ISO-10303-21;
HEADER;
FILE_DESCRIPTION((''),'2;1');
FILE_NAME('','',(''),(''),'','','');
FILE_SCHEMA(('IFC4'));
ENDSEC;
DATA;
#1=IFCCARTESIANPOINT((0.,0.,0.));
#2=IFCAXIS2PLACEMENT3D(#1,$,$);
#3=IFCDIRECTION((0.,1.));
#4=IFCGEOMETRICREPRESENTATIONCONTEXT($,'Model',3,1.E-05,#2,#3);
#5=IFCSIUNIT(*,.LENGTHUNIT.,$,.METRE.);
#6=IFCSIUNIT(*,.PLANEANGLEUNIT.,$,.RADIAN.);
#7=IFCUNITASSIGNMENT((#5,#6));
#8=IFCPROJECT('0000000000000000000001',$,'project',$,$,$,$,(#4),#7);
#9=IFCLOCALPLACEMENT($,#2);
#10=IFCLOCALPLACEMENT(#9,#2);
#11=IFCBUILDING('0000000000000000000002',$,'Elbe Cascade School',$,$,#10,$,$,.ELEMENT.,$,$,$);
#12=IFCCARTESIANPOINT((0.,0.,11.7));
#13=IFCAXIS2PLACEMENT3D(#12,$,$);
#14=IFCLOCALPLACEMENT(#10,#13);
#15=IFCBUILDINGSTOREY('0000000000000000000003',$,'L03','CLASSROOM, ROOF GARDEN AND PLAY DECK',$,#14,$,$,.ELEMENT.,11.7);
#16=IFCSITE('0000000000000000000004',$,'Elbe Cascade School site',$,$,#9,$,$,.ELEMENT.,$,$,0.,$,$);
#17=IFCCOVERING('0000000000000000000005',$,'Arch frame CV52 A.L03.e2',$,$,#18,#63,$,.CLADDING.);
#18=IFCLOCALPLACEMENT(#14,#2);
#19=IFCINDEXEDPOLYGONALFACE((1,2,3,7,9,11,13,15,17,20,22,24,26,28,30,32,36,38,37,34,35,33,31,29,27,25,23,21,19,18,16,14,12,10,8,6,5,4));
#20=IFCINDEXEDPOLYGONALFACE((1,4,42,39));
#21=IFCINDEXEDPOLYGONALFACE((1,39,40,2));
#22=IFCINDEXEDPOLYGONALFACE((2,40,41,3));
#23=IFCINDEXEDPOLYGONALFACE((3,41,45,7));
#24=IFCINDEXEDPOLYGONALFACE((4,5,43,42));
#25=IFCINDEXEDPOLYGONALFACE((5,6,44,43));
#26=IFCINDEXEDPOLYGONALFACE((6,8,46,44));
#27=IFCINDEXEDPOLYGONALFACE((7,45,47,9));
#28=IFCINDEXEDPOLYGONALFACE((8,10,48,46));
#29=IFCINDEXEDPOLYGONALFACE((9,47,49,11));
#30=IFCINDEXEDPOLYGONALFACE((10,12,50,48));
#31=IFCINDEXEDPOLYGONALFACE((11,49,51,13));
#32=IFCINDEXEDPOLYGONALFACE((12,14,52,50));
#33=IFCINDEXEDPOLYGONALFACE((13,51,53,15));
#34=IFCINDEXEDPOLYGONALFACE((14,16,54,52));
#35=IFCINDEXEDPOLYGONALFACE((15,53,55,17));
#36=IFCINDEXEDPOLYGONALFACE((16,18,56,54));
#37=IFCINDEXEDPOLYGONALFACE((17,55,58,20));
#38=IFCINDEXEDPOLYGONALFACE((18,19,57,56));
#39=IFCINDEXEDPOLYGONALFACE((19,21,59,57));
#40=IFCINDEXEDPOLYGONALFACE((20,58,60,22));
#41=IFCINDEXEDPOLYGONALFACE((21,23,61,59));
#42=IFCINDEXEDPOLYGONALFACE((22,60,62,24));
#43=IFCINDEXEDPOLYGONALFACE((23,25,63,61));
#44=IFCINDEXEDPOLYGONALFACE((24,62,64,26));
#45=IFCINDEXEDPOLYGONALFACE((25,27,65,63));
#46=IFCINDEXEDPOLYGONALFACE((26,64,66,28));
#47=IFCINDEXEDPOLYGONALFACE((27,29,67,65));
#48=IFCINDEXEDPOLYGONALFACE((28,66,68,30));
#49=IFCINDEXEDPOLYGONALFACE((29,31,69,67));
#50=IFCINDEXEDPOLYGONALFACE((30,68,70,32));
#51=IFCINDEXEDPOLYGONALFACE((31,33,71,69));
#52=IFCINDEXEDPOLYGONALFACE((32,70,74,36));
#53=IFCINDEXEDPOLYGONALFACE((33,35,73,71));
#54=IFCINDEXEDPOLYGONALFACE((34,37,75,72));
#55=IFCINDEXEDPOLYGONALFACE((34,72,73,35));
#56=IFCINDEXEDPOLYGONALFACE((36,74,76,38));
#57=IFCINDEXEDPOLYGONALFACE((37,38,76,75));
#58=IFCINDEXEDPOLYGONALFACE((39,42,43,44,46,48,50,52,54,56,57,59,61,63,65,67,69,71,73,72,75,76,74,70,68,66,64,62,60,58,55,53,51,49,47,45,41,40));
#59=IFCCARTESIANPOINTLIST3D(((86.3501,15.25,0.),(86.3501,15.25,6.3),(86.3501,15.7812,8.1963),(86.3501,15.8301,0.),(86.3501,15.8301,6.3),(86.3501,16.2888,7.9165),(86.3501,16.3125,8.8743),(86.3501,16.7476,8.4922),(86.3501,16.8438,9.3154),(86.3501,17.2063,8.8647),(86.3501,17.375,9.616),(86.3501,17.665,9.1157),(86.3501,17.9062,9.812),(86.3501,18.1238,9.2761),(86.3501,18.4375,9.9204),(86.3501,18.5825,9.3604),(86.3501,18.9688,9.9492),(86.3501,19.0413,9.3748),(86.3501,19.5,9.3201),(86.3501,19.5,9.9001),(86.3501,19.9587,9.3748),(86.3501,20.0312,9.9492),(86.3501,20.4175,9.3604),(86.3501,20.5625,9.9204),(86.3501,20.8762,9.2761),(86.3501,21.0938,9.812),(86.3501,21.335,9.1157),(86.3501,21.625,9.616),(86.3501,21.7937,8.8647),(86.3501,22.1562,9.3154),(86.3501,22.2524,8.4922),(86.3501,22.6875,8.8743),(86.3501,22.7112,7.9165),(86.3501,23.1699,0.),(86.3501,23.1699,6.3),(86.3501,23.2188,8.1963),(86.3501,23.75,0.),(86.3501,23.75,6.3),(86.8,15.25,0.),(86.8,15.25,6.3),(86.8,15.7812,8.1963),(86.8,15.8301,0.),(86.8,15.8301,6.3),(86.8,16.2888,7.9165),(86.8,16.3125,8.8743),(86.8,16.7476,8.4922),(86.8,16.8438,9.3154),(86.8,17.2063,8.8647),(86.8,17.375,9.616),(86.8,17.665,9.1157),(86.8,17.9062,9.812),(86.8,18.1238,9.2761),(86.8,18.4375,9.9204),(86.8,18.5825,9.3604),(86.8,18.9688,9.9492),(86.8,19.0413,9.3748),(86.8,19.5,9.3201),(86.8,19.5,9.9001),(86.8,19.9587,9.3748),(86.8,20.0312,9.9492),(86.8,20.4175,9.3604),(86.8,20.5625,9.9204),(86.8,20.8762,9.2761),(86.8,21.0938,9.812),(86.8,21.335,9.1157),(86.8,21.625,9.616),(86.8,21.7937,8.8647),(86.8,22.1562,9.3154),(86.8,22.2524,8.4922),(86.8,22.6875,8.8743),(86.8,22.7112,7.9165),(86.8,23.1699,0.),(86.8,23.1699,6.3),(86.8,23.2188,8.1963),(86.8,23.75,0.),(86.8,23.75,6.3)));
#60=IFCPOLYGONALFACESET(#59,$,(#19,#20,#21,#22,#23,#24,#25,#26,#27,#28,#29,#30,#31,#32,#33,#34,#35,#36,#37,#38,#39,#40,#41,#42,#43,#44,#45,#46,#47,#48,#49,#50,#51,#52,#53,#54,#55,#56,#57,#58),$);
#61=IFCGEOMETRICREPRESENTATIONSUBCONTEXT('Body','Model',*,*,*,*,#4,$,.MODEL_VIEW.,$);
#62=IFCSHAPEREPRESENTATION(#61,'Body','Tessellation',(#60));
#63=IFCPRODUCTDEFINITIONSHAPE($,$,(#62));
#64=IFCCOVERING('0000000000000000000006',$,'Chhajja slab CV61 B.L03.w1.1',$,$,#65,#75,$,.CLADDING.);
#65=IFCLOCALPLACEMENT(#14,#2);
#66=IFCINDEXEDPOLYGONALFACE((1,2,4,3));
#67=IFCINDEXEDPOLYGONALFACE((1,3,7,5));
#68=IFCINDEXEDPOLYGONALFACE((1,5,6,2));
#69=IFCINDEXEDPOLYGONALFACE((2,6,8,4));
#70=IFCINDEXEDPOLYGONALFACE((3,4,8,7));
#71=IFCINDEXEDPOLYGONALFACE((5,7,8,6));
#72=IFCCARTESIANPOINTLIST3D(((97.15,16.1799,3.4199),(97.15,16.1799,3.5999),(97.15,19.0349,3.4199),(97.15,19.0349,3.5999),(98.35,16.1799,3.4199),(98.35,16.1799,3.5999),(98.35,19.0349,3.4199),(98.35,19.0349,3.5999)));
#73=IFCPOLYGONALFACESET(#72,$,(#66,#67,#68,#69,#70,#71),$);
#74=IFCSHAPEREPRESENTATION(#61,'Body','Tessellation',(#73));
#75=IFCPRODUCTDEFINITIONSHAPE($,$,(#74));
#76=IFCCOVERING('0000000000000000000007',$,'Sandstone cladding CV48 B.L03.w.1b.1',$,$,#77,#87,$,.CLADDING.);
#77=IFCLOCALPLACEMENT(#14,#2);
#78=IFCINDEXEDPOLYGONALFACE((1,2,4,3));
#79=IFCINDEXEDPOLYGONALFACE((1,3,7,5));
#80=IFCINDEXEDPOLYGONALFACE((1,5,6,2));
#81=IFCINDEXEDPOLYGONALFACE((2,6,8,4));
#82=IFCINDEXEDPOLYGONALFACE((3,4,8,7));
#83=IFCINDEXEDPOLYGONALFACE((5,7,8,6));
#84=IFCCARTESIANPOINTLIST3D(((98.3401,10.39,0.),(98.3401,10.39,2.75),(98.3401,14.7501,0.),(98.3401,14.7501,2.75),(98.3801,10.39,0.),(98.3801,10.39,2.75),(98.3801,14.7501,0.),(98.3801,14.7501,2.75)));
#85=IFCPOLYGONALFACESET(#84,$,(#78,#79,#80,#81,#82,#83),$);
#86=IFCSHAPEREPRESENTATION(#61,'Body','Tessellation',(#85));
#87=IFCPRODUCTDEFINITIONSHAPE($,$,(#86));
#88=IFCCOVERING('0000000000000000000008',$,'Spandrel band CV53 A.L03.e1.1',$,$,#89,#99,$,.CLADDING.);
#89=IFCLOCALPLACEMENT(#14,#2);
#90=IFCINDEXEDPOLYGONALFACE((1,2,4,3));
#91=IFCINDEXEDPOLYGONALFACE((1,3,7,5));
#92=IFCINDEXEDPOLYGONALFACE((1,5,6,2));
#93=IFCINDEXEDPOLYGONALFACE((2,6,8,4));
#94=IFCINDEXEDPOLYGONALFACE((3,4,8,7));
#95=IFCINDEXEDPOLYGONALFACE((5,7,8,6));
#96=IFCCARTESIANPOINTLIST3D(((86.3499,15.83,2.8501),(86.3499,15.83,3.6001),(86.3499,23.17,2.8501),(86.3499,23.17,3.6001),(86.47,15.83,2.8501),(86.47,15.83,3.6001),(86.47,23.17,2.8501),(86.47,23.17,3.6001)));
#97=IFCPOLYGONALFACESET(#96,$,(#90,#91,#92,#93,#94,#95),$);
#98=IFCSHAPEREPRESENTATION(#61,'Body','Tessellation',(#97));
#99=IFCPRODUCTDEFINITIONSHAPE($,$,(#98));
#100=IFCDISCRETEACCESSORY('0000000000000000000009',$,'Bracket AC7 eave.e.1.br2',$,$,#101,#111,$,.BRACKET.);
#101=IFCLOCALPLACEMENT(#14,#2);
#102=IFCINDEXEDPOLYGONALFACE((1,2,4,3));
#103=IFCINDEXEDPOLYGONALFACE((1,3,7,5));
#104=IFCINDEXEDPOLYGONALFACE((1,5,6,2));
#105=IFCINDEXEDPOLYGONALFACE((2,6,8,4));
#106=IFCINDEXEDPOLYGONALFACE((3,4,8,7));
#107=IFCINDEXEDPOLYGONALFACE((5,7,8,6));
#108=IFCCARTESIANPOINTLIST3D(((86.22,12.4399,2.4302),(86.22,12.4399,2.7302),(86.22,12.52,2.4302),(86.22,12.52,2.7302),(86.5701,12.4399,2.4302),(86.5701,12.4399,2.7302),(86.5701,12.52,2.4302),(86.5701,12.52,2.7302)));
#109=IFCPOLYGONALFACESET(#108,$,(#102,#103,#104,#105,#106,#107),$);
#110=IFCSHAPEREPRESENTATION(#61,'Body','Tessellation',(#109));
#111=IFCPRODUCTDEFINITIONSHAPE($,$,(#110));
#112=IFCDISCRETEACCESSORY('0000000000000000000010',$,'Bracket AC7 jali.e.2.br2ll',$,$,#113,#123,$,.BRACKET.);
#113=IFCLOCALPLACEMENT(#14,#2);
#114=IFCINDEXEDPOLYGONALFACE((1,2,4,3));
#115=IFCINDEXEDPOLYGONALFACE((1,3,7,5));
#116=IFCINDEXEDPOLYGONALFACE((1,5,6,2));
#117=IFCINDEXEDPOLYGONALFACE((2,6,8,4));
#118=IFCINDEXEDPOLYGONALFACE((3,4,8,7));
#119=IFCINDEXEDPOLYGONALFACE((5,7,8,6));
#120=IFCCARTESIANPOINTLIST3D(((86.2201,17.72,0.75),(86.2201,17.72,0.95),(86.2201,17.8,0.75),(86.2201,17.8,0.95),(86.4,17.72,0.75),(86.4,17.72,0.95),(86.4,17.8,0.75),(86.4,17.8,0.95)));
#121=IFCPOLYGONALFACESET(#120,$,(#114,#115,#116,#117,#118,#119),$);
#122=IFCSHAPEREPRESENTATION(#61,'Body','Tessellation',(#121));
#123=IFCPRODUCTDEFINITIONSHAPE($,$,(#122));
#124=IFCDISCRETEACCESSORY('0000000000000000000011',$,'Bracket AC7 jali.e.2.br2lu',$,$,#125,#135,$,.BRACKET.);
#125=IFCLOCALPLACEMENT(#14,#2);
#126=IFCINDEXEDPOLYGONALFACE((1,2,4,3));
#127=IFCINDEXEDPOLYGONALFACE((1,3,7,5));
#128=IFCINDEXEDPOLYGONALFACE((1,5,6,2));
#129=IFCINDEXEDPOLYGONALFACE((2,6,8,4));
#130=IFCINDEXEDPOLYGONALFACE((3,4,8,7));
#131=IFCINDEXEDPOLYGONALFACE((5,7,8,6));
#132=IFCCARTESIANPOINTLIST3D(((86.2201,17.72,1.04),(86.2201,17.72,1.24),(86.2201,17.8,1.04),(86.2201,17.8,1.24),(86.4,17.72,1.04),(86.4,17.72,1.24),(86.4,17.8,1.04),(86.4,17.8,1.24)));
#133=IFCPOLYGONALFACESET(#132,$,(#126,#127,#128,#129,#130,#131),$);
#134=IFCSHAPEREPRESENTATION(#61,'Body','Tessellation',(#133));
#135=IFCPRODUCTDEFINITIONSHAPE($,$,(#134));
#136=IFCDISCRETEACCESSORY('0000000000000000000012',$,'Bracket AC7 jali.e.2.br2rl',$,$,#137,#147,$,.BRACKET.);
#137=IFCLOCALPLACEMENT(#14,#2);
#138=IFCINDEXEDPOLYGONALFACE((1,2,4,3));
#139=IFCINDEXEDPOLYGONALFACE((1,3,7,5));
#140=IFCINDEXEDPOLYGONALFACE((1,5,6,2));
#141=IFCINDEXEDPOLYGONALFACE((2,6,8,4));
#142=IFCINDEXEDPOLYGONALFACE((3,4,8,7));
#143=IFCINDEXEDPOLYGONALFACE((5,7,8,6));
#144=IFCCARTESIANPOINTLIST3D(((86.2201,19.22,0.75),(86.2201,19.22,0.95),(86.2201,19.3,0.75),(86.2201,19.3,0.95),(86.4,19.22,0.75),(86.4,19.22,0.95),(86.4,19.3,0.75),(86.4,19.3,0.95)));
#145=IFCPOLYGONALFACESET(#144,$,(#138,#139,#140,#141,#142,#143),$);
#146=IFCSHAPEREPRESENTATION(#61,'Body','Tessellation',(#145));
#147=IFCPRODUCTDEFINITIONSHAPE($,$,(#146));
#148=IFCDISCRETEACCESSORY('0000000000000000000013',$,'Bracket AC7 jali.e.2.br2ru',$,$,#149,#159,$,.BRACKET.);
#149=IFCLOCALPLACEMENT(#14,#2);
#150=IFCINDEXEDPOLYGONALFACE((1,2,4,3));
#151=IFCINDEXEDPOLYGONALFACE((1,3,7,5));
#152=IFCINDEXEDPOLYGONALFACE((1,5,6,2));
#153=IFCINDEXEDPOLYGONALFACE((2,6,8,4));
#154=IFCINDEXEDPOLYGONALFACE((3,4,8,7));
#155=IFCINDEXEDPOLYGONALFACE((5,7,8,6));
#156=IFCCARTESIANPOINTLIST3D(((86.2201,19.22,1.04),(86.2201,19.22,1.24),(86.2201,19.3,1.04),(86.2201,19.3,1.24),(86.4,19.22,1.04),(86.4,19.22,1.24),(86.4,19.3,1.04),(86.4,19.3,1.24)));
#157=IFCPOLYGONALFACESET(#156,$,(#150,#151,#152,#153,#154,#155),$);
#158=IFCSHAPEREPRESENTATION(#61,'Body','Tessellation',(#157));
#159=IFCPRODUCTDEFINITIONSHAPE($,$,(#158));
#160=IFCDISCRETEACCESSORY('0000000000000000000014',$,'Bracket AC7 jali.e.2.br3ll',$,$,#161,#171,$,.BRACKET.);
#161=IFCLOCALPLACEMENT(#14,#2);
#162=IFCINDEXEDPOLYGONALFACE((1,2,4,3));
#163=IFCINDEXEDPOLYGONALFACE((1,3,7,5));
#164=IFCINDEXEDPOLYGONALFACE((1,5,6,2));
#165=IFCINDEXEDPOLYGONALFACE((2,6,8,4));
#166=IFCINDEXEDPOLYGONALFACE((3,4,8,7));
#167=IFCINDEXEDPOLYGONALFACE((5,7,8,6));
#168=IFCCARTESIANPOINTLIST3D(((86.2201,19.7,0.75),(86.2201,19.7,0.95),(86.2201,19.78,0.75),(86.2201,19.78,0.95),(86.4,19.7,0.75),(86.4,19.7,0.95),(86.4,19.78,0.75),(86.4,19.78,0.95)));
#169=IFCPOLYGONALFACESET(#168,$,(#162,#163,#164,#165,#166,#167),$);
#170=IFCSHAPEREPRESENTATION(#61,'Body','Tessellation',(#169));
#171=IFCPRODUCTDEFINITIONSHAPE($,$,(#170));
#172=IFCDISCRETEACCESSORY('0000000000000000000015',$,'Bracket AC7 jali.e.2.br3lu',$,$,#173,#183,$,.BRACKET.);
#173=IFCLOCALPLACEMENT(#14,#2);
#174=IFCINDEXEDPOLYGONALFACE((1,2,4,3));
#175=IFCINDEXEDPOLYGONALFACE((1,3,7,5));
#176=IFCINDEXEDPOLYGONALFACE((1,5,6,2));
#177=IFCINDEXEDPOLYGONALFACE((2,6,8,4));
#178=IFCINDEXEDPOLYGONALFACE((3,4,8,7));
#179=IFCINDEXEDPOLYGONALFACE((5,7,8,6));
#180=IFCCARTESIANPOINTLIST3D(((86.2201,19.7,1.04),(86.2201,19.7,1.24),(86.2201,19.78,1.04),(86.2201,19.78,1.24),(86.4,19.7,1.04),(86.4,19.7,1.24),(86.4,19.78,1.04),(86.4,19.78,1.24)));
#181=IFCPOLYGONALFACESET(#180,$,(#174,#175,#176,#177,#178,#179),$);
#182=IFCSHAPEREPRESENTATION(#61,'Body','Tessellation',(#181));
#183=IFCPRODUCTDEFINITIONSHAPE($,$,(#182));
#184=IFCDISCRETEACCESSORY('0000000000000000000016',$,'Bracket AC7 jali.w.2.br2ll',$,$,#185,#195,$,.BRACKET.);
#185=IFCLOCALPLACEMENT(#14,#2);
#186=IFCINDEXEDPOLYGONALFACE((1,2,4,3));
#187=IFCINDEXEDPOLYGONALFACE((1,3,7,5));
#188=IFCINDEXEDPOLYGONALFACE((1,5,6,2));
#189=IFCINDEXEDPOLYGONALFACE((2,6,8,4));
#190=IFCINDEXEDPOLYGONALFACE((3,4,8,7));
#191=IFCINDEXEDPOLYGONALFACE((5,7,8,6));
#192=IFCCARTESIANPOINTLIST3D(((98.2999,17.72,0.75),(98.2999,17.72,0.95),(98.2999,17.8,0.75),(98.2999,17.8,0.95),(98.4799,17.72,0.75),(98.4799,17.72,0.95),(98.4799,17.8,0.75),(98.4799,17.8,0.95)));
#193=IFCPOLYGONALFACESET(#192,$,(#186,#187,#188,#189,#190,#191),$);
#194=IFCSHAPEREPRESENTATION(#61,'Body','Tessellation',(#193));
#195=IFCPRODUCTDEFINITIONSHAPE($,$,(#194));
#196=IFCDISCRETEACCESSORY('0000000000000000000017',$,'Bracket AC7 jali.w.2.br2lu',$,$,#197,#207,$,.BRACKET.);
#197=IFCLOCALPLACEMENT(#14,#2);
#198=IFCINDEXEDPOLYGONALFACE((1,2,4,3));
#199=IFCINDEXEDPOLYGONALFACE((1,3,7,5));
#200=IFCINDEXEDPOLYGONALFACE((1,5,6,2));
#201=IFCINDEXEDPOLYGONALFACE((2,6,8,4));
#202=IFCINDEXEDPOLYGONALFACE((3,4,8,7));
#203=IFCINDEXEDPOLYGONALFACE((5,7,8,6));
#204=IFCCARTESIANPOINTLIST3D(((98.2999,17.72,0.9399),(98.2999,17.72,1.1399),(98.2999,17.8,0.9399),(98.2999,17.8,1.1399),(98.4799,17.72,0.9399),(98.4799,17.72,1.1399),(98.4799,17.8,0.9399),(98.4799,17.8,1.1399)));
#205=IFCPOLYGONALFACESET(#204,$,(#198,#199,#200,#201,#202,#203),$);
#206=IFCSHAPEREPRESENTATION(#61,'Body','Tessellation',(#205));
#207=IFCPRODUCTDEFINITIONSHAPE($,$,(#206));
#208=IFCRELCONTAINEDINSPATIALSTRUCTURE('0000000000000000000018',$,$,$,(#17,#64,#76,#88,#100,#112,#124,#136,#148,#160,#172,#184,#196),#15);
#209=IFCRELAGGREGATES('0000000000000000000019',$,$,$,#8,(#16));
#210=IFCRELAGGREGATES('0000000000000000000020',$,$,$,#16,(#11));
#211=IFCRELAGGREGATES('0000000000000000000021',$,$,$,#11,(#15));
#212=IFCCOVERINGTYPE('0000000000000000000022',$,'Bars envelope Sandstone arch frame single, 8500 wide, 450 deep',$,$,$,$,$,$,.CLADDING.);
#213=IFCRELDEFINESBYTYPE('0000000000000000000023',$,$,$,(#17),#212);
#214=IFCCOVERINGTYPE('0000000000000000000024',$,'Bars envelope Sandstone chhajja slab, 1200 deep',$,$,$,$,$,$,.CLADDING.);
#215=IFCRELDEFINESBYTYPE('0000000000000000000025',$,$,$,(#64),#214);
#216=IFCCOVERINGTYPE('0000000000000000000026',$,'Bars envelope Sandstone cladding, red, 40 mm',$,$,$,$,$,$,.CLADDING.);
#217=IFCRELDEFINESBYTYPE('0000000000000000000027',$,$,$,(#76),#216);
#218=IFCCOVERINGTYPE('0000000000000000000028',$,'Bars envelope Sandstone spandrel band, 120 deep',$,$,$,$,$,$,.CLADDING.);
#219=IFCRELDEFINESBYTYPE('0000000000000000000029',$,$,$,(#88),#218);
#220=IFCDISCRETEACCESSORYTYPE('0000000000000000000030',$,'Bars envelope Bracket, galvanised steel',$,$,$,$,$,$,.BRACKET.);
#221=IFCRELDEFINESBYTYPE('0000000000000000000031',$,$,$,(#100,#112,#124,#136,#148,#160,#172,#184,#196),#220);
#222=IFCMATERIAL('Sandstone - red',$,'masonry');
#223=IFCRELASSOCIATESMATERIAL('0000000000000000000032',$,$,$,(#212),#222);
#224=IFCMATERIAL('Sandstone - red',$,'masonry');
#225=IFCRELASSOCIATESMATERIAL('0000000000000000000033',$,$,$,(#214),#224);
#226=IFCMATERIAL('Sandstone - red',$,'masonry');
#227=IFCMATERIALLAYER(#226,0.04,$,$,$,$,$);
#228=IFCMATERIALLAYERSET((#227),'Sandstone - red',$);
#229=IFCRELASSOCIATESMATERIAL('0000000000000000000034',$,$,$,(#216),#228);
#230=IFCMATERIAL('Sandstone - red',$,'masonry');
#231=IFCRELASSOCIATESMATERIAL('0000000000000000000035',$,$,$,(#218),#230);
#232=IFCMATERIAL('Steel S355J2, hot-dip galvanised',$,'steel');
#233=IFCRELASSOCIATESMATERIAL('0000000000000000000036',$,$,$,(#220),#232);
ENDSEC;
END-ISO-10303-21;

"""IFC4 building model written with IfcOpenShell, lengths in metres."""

from ifc_helpers import new_model, si_unit, direction, frame, origin, origin_2d, place, context, subcontext, project, spatial, polyline, rectangle, outline, extrude, material, layer, layer_set, type_object, element, save


model = new_model("IFC4")

# Units and contexts
model_context = context("Model", 3, precision=1e-05, world=origin(), true_north=direction((0.0, 1.0)))
body_context = subcontext(model_context, "Body", "Model", "MODEL_VIEW")
ifc_project = project(units=[si_unit("LENGTHUNIT", "METRE"), si_unit("PLANEANGLEUNIT", "RADIAN")], contexts=[model_context])

# Site, building, storey
site_placement = place(None, origin())
site = spatial("IfcSite", under=ifc_project, at=site_placement, Name="Elbe Cascade School site", CompositionType="ELEMENT", RefElevation=0.0)
building_placement = place(site_placement, origin())
building = spatial("IfcBuilding", under=site, at=building_placement, Name="Elbe Cascade School", CompositionType="ELEMENT")
storey_placement = place(building_placement, frame((0.0, 0.0, 11.7)))
storey = spatial("IfcBuildingStorey", under=building, at=storey_placement, Name="L03", Description="CLASSROOM, ROOF GARDEN AND PLAY DECK", CompositionType="ELEMENT", Elevation=11.7)

# Coverings
ifc_material_1 = material(Name="Sandstone - red", Category="masonry")
covering_type_1 = type_object("IfcCoveringType", Name="Bars envelope Sandstone arch frame single, 8500 wide, 450 deep", PredefinedType="CLADDING", material=ifc_material_1)
covering_1_placement = place(storey_placement, frame((86.8, 15.8301, 0.0), z_axis=(1.0, 0.0, 0.0), x_axis=(0.0, 0.0, 1.0)))
element("IfcCovering", 1, at=covering_1_placement, inside=storey, type_object=covering_type_1, Name="Arch frame CV52 A.L03.e2", PredefinedType="CLADDING", context=body_context, shape_type="SweptSolid", body=[
    extrude(outline(polyline([(0.0, 0.0), (6.3, 0.0), (7.9165, -0.4587), (8.4922, -0.9175), (8.8647, -1.3762), (9.1157, -1.835), (9.2761, -2.2937), (9.3604, -2.7524), (9.3748, -3.2112), (9.3201, -3.6699), (9.3748, -4.1287), (9.3604, -4.5874), (9.2761, -5.0461), (9.1157, -5.5049), (8.8647, -5.9636), (8.4922, -6.4224), (7.9165, -6.8811), (6.3, -7.3398), (0.0, -7.3398), (0.0, -7.9199), (6.3, -7.9199), (8.1963, -7.3887), (8.8743, -6.8574), (9.3154, -6.3262), (9.616, -5.7949), (9.812, -5.2637), (9.9204, -4.7324), (9.9492, -4.2012), (9.9001, -3.6699), (9.9492, -3.1387), (9.9204, -2.6074), (9.812, -2.0762), (9.616, -1.5449), (9.3154, -1.0137), (8.8743, -0.4824), (8.1963, 0.0488), (6.3, 0.5801), (0.0, 0.5801), (0.0, 0.0)])), origin(), (0.0, 0.0, -1.0), 0.45),
])
ifc_material_2 = material(Name="Sandstone - red", Category="masonry")
covering_type_2 = type_object("IfcCoveringType", Name="Bars envelope Sandstone chhajja slab, 1200 deep", PredefinedType="CLADDING", material=ifc_material_2)
covering_2_placement = place(storey_placement, frame((97.75, 17.6074, 3.4199), z_axis=(0.0, 0.0, 1.0), x_axis=(0.0, 1.0, 0.0)))
element("IfcCovering", 2, at=covering_2_placement, inside=storey, type_object=covering_type_2, Name="Chhajja slab CV61 B.L03.w1.1", PredefinedType="CLADDING", context=body_context, shape_type="SweptSolid", body=[
    extrude(rectangle(XDim=2.855, YDim=1.2, at=origin_2d()), origin(), (0.0, 0.0, 1.0), 0.1799),
])
ifc_material_3 = material(Name="Sandstone - red", Category="masonry")
ifc_layer_1 = layer(ifc_material_3, 0.04)
ifc_layer_set_1 = layer_set([ifc_layer_1], Name="Sandstone - red")
covering_type_3 = type_object("IfcCoveringType", Name="Bars envelope Sandstone cladding, red, 40 mm", PredefinedType="CLADDING", material=ifc_layer_set_1)
covering_3_placement = place(storey_placement, frame((98.3601, 12.5701, 0.0), z_axis=(0.0, 0.0, 1.0), x_axis=(0.0, 1.0, 0.0)))
element("IfcCovering", 3, at=covering_3_placement, inside=storey, type_object=covering_type_3, Name="Sandstone cladding CV48 B.L03.w.1b.1", PredefinedType="CLADDING", context=body_context, shape_type="SweptSolid", body=[
    extrude(rectangle(XDim=4.3601, YDim=0.04, at=origin_2d()), origin(), (0.0, 0.0, 1.0), 2.75),
])
ifc_material_4 = material(Name="Sandstone - red", Category="masonry")
covering_type_4 = type_object("IfcCoveringType", Name="Bars envelope Sandstone spandrel band, 120 deep", PredefinedType="CLADDING", material=ifc_material_4)
covering_4_placement = place(storey_placement, frame((86.4099, 19.5, 2.8501), z_axis=(0.0, 0.0, 1.0), x_axis=(0.0, 1.0, 0.0)))
element("IfcCovering", 4, at=covering_4_placement, inside=storey, type_object=covering_type_4, Name="Spandrel band CV53 A.L03.e1.1", PredefinedType="CLADDING", context=body_context, shape_type="SweptSolid", body=[
    extrude(rectangle(XDim=7.3401, YDim=0.1201, at=origin_2d()), origin(), (0.0, 0.0, 1.0), 0.75),
])

# Discrete accessories
ifc_material_5 = material(Name="Steel S355J2, hot-dip galvanised", Category="steel")
discrete_accessory_type = type_object("IfcDiscreteAccessoryType", Name="Bars envelope Bracket, galvanised steel", PredefinedType="BRACKET", material=ifc_material_5)
discrete_accessory_placement = place(storey_placement, frame((86.395, 12.48, 2.4302), z_axis=(0.0, 0.0, 1.0), x_axis=(0.0, 1.0, 0.0)))
element("IfcDiscreteAccessory", 5, at=discrete_accessory_placement, inside=storey, type_object=discrete_accessory_type, Name="Bracket AC7 eave.e.1.br2", PredefinedType="BRACKET", context=body_context, shape_type="SweptSolid", body=[
    extrude(rectangle(XDim=0.0801, YDim=0.3501, at=origin_2d()), origin(), (0.0, 0.0, 1.0), 0.3),
])
for number, where, z_axis, x_axis, name in (
    (6, (86.3101, 17.76, 0.75), (0.0, 0.0, 1.0), (0.0, 1.0, 0.0), "Bracket AC7 jali.e.2.br2ll"),
    (7, (86.3101, 17.76, 1.04), (0.0, 0.0, 1.0), (0.0, 1.0, 0.0), "Bracket AC7 jali.e.2.br2lu"),
    (8, (86.3101, 19.26, 0.75), (0.0, 0.0, 1.0), (0.0, 1.0, 0.0), "Bracket AC7 jali.e.2.br2rl"),
    (9, (86.3101, 19.26, 1.04), (0.0, 0.0, 1.0), (0.0, 1.0, 0.0), "Bracket AC7 jali.e.2.br2ru"),
    (10, (86.3101, 19.74, 0.75), (0.0, 0.0, 1.0), (0.0, 1.0, 0.0), "Bracket AC7 jali.e.2.br3ll"),
    (11, (86.3101, 19.74, 1.04), (0.0, 0.0, 1.0), (0.0, 1.0, 0.0), "Bracket AC7 jali.e.2.br3lu"),
    (12, (98.3899, 17.76, 0.75), (0.0, 0.0, 1.0), (0.0, 1.0, 0.0), "Bracket AC7 jali.w.2.br2ll"),
    (13, (98.3899, 17.76, 0.9399), (0.0, 0.0, 1.0), (0.0, 1.0, 0.0), "Bracket AC7 jali.w.2.br2lu"),
):
    element("IfcDiscreteAccessory", number, at=place(storey_placement, frame(where, z_axis=z_axis, x_axis=x_axis)), inside=storey, type_object=discrete_accessory_type, Name=name, PredefinedType="BRACKET", context=body_context, shape_type="SweptSolid", body=[
        extrude(rectangle(XDim=0.0801, YDim=0.1799, at=origin_2d()), origin(), (0.0, 0.0, 1.0), 0.2),
    ])

save(model, "model.ifc")
